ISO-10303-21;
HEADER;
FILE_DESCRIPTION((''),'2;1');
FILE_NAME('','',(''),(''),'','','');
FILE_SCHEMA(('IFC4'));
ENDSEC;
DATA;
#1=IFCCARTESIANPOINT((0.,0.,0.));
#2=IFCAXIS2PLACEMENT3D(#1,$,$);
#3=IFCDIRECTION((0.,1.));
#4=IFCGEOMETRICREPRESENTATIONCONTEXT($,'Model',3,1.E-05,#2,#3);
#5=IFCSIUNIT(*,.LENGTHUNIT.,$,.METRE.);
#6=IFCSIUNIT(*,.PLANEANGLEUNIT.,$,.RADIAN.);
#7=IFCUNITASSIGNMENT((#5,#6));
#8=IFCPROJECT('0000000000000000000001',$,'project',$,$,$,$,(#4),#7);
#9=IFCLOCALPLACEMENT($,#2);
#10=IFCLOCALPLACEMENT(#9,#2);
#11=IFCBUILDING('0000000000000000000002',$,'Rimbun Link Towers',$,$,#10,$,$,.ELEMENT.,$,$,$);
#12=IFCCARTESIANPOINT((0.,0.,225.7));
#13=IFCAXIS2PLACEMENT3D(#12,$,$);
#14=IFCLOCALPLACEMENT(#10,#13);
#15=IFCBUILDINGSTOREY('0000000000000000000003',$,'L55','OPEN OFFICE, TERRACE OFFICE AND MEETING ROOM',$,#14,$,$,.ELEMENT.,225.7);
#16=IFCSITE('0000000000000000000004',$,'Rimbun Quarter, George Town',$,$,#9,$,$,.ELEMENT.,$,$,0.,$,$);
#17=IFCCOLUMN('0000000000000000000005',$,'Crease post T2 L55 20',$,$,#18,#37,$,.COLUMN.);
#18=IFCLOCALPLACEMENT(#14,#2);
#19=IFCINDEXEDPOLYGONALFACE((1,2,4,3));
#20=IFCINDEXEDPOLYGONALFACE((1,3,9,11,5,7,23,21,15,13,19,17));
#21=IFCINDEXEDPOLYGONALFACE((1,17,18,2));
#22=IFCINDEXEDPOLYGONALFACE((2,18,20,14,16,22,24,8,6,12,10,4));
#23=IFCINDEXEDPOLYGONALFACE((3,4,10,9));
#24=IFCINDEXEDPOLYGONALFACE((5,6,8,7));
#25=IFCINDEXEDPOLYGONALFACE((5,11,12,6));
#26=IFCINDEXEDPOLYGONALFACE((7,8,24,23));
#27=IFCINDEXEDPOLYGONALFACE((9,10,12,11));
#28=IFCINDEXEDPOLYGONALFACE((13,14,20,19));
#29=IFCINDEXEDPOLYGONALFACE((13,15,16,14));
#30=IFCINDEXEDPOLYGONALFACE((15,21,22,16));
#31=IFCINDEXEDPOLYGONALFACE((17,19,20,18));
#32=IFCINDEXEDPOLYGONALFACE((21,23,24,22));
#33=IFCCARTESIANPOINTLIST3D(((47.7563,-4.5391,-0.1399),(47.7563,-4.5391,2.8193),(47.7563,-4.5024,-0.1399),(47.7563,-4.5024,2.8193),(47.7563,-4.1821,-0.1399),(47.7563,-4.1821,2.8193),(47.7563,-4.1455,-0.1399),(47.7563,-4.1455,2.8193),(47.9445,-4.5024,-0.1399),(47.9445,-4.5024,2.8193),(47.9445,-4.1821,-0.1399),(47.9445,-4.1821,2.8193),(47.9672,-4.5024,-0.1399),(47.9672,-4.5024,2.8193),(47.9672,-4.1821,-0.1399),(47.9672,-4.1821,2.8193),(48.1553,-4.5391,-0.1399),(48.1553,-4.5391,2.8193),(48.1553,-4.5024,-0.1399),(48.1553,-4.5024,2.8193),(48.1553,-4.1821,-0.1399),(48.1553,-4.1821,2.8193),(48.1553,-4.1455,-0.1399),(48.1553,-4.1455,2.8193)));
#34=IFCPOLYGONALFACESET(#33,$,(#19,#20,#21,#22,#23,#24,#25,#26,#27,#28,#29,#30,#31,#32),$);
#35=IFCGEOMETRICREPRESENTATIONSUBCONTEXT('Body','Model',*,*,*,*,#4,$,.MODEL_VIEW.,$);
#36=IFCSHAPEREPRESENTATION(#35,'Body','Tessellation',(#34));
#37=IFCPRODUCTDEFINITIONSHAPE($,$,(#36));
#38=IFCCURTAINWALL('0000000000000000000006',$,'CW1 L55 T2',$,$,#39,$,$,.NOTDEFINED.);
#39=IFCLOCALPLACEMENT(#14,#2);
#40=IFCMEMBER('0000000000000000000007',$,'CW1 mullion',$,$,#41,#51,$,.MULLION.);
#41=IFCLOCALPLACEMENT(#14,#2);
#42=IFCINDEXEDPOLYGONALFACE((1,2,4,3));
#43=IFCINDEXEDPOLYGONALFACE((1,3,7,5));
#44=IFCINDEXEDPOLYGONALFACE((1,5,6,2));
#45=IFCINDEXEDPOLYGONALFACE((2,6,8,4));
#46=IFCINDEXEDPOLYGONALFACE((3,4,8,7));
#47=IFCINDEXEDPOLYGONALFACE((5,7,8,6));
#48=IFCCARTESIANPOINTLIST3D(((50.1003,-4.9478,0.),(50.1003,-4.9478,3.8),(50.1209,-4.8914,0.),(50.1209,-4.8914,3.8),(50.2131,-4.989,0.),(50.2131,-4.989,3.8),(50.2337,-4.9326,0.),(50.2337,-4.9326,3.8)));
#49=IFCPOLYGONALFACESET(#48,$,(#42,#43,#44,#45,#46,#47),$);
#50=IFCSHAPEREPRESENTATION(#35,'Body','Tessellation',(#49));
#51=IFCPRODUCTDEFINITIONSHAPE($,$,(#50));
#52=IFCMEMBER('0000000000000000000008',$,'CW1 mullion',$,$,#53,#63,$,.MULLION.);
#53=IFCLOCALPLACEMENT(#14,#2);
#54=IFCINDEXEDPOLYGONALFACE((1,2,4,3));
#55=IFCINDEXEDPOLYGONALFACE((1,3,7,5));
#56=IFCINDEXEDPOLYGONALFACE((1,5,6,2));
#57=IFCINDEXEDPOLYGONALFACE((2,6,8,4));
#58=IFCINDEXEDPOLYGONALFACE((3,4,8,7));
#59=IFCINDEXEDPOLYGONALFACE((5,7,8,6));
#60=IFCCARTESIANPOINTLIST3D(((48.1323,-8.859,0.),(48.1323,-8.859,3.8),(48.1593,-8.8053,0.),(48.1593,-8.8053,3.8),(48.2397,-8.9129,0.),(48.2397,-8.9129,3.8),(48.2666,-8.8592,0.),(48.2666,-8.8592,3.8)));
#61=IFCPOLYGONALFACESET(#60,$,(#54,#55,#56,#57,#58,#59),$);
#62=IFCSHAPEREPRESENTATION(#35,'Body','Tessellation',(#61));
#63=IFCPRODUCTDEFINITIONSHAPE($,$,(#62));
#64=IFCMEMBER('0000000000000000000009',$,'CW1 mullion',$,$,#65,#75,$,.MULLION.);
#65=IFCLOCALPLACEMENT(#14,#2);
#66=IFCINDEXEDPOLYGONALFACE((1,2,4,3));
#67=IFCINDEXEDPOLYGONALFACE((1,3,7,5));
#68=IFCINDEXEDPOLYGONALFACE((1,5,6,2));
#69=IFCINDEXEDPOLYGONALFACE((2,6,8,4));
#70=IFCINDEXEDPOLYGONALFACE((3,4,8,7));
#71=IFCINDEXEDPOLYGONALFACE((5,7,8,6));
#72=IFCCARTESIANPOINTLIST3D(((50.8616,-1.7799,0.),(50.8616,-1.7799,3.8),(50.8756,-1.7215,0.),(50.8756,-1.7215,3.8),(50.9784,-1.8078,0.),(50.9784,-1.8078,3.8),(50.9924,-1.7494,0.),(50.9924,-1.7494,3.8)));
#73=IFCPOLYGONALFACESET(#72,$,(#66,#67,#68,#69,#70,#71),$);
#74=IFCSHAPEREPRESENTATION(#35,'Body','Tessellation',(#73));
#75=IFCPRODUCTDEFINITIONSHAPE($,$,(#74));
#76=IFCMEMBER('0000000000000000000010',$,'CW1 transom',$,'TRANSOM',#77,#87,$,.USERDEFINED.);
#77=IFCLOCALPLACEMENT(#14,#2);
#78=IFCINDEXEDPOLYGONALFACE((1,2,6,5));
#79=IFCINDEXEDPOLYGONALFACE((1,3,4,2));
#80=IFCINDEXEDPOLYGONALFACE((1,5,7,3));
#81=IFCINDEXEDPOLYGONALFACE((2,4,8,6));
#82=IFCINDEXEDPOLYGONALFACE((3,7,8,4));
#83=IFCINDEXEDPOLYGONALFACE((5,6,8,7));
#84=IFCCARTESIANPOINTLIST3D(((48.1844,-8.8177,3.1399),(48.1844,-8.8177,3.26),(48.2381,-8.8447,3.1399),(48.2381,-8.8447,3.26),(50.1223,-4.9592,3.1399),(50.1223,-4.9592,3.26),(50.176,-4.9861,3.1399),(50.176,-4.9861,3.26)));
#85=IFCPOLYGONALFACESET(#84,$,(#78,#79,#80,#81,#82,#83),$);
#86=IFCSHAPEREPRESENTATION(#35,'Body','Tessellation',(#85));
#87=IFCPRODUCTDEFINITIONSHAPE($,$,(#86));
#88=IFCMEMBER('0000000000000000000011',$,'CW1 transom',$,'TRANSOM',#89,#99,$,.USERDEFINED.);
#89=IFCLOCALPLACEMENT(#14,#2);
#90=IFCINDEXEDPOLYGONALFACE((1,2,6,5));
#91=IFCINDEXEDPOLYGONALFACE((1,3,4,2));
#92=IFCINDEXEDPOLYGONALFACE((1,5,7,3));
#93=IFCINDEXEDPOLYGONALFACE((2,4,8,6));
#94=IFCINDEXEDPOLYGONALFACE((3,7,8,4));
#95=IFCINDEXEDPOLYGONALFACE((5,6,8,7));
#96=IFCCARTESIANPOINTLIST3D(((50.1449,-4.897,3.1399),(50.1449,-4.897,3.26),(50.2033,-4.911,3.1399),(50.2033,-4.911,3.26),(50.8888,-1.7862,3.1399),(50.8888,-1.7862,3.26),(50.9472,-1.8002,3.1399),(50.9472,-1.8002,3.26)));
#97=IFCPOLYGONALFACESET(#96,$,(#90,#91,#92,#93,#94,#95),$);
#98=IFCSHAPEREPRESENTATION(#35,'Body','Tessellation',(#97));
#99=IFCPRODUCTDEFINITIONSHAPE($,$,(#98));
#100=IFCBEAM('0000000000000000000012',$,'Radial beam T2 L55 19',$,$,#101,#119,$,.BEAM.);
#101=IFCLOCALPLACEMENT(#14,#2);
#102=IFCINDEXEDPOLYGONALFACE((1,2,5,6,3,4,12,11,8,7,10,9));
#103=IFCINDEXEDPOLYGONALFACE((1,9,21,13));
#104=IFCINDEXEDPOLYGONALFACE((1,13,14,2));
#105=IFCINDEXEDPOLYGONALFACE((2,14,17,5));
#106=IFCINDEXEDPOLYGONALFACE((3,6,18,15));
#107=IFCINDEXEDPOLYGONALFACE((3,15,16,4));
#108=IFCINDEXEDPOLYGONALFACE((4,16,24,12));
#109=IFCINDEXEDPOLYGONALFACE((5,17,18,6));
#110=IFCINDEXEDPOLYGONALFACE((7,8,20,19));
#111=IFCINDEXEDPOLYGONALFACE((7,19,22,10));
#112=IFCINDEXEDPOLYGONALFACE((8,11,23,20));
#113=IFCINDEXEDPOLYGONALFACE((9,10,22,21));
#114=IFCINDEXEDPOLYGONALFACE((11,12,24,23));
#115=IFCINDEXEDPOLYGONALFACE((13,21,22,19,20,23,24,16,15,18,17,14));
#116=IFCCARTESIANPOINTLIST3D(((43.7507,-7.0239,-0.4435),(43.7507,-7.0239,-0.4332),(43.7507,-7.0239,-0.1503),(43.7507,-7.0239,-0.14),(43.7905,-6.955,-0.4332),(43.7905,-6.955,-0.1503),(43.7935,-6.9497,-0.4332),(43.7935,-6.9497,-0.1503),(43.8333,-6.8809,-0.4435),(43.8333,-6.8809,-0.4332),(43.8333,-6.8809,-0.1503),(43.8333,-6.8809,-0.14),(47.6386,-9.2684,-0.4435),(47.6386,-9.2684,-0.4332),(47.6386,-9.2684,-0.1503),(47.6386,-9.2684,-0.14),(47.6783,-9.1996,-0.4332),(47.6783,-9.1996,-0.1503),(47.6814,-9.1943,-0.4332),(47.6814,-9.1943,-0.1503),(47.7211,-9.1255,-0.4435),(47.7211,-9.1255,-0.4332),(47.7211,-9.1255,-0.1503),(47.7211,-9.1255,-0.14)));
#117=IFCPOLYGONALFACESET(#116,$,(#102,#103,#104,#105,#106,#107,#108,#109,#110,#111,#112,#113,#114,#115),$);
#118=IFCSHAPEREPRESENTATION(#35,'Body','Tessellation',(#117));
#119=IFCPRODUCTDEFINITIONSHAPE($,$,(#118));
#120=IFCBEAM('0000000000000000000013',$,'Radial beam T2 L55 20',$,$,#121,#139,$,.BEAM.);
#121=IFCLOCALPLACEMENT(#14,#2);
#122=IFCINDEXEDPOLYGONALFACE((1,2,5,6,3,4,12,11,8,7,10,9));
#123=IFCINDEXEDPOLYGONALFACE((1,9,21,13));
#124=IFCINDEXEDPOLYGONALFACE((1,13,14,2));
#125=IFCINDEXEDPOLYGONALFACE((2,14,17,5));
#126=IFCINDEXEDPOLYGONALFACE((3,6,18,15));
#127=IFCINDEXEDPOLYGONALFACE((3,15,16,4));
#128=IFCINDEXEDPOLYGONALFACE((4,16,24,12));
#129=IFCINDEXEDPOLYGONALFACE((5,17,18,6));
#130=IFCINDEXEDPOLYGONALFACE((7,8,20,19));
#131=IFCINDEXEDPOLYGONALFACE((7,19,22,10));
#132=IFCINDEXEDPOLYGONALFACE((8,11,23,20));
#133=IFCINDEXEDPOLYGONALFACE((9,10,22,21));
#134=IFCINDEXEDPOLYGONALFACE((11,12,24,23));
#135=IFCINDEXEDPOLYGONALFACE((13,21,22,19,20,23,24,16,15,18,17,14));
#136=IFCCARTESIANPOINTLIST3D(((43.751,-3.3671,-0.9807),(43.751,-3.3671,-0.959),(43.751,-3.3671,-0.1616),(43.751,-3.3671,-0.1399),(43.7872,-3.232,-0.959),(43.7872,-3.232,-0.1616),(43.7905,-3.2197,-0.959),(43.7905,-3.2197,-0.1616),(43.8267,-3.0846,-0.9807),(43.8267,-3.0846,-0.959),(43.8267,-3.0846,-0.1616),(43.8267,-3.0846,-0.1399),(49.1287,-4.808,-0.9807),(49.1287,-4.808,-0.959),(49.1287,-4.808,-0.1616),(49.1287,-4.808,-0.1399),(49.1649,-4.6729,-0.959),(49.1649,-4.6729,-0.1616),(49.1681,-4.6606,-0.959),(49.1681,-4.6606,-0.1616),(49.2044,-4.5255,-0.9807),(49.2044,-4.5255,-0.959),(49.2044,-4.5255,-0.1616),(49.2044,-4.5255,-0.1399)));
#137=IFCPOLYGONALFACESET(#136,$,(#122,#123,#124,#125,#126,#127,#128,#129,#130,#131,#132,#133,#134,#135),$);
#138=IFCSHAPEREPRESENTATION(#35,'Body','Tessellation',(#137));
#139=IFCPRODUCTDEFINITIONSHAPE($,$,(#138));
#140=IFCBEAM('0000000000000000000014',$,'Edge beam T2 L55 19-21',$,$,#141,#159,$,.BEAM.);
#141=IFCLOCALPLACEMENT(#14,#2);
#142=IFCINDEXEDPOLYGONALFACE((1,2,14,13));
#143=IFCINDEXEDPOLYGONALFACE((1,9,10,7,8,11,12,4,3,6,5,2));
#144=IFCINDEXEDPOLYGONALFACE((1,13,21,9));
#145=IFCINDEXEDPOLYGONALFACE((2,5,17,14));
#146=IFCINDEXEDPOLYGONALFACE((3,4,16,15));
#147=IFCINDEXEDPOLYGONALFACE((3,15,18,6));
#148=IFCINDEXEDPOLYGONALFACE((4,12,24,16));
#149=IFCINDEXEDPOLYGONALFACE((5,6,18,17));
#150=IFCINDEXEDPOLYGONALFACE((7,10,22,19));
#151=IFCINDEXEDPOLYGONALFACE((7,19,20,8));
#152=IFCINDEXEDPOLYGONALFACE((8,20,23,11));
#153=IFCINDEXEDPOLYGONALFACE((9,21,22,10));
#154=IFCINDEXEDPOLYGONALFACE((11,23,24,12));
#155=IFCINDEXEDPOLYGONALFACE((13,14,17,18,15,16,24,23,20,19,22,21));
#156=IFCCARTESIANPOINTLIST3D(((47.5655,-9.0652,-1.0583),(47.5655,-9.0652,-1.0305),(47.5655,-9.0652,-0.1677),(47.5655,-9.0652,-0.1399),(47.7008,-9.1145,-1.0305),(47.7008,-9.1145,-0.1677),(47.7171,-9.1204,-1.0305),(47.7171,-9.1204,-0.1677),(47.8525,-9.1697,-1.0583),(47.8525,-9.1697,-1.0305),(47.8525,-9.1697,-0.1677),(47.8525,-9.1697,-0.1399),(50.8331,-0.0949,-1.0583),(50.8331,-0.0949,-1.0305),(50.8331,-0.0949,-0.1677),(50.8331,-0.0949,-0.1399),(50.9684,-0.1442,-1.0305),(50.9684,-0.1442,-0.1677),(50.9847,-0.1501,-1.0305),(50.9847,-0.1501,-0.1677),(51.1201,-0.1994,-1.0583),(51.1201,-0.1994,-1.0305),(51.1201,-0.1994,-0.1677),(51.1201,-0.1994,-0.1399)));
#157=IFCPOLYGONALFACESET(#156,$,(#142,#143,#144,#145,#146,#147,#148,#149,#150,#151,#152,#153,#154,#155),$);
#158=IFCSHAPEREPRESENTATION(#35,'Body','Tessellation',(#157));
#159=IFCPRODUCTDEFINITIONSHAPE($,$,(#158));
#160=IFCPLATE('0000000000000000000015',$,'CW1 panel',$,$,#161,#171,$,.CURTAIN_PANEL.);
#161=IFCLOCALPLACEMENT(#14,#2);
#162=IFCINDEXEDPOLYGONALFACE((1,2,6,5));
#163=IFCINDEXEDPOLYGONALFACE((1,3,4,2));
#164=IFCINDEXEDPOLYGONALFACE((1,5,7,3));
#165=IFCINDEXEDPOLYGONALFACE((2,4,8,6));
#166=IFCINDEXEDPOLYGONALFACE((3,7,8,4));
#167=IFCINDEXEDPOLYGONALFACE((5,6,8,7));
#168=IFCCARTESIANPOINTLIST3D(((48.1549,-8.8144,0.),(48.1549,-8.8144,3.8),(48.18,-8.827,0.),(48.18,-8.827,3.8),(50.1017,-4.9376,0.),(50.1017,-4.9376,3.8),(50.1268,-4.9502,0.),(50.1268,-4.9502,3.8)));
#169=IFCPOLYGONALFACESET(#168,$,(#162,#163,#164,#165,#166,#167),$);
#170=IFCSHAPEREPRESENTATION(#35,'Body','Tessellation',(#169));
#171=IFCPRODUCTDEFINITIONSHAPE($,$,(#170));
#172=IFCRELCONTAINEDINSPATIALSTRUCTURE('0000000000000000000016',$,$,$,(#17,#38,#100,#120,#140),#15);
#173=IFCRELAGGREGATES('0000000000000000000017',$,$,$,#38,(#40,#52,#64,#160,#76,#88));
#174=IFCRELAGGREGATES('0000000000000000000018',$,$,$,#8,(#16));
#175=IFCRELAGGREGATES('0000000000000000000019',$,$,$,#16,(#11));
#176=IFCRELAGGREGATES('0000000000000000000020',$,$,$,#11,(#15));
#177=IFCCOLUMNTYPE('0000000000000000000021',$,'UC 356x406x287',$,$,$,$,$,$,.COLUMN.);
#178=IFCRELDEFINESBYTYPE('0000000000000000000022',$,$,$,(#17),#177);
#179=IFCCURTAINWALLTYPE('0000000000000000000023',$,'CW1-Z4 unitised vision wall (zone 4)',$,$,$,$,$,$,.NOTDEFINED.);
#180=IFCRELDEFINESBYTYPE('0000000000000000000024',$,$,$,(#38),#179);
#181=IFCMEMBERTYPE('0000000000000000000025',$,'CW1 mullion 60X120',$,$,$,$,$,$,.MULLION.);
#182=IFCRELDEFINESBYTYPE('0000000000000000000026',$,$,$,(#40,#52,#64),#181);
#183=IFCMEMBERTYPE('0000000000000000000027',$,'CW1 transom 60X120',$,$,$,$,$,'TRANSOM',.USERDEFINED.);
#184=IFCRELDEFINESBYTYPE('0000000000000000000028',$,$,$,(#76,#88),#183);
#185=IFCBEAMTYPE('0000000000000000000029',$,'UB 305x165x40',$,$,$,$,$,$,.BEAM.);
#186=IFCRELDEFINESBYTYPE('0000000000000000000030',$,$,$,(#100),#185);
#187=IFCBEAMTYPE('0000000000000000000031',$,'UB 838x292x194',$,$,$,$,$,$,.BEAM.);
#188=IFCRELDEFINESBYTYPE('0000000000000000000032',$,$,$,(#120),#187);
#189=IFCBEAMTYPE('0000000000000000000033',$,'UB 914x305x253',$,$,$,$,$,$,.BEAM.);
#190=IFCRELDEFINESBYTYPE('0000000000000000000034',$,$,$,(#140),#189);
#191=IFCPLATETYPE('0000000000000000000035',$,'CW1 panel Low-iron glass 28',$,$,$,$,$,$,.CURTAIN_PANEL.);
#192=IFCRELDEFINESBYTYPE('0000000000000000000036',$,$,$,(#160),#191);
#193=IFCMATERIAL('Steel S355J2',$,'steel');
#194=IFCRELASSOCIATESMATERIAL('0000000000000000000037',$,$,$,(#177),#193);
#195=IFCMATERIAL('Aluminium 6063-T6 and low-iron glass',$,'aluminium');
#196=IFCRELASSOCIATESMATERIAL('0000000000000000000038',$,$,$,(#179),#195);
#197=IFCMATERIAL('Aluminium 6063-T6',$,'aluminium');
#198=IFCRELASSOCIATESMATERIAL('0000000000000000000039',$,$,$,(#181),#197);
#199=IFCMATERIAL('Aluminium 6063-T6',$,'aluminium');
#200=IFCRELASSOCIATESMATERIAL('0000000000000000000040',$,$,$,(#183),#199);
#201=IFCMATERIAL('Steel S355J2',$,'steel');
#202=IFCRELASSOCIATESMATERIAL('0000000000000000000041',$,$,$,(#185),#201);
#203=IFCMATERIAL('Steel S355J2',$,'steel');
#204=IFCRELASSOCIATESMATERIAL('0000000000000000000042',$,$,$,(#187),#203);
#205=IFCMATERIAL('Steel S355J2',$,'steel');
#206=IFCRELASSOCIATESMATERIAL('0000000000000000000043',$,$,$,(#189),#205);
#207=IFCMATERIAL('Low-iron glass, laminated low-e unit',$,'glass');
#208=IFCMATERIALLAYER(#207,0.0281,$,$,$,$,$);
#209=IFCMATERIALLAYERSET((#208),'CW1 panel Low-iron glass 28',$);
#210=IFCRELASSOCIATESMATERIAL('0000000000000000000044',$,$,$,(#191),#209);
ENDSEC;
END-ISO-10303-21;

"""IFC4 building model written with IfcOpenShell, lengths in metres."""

from ifc_helpers import new_model, si_unit, direction, frame, origin, origin_2d, place, context, subcontext, project, spatial, rectangle, i_section, extrude, material, layer, layer_set, material_profile, profile_set, type_object, element, aggregate, save


model = new_model("IFC4")

# Units and contexts
model_context = context("Model", 3, precision=1e-05, world=origin(), true_north=direction((0.0, 1.0)))
body_context = subcontext(model_context, "Body", "Model", "MODEL_VIEW")
ifc_project = project(units=[si_unit("LENGTHUNIT", "METRE"), si_unit("PLANEANGLEUNIT", "RADIAN")], contexts=[model_context])

# Site, building, storey
site_placement = place(None, origin())
site = spatial("IfcSite", under=ifc_project, at=site_placement, Name="Rimbun Quarter, George Town", CompositionType="ELEMENT", RefElevation=0.0)
building_placement = place(site_placement, origin())
building = spatial("IfcBuilding", under=site, at=building_placement, Name="Rimbun Link Towers", CompositionType="ELEMENT")
storey_placement = place(building_placement, frame((0.0, 0.0, 225.7)))
storey = spatial("IfcBuildingStorey", under=building, at=storey_placement, Name="L55", Description="OPEN OFFICE, TERRACE OFFICE AND MEETING ROOM", CompositionType="ELEMENT", Elevation=225.7)

# Column
ifc_material_1 = material(Name="Steel S355J2", Category="steel")
ifc_material_profile_1 = material_profile(ifc_material_1, i_section(OverallWidth=0.3989, OverallDepth=0.3936, WebThickness=0.0227, FlangeThickness=0.0366, at=origin_2d()), Name="UC 356x406x287")
ifc_profile_set_1 = profile_set([ifc_material_profile_1], Name="Steel S355J2")
column_type = type_object("IfcColumnType", Name="UC 356x406x287", PredefinedType="COLUMN", material=ifc_profile_set_1)
column_placement = place(storey_placement, frame((47.9558, -4.3423, -0.1399), z_axis=(0.0, 0.0, 1.0), x_axis=(1.0, 0.0, 0.0)))
element("IfcColumn", 1, at=column_placement, inside=storey, type_object=column_type, Name="Crease post T2 L55 20", PredefinedType="COLUMN", context=body_context, shape_type="SweptSolid", body=[
    extrude(i_section(OverallWidth=0.3989, OverallDepth=0.3936, WebThickness=0.0227, FlangeThickness=0.0366, at=origin_2d()), origin(), (0.0, 0.0, 1.0), 2.9592),
])

# Curtain wall, members
ifc_material_2 = material(Name="Aluminium 6063-T6 and low-iron glass", Category="aluminium")
curtain_wall_type = type_object("IfcCurtainWallType", Name="CW1-Z4 unitised vision wall (zone 4)", PredefinedType="NOTDEFINED", material=ifc_material_2)
curtain_wall_placement = place(storey_placement, origin())
curtain_wall = element("IfcCurtainWall", 2, at=curtain_wall_placement, inside=storey, type_object=curtain_wall_type, Name="CW1 L55 T2", PredefinedType="NOTDEFINED")
ifc_material_3 = material(Name="Aluminium 6063-T6", Category="aluminium")
ifc_material_profile_2 = material_profile(ifc_material_3, rectangle(XDim=0.1201, YDim=0.0601, at=origin_2d()), Name="MULLION 60X120")
ifc_profile_set_2 = profile_set([ifc_material_profile_2], Name="Aluminium 6063-T6")
member_type_1 = type_object("IfcMemberType", Name="CW1 mullion 60X120", PredefinedType="MULLION", material=ifc_profile_set_2)
member_1_placement = place(storey_placement, frame((50.167, -4.9402, 0.0), z_axis=(0.0, 0.0, 1.0), x_axis=(0.939348, -0.342964, 0.0)))
member_1 = element("IfcMember", 3, at=member_1_placement, type_object=member_type_1, Name="CW1 mullion", PredefinedType="MULLION", context=body_context, shape_type="SweptSolid", body=[
    extrude(rectangle(XDim=0.1201, YDim=0.0601, at=origin_2d()), origin(), (0.0, 0.0, 1.0), 3.8),
])
member_2_placement = place(storey_placement, frame((48.1995, -8.8591, 0.0), z_axis=(0.0, 0.0, 1.0), x_axis=(0.893647, -0.448771, 0.0)))
member_2 = element("IfcMember", 4, at=member_2_placement, type_object=member_type_1, Name="CW1 mullion", PredefinedType="MULLION", context=body_context, shape_type="SweptSolid", body=[
    extrude(rectangle(XDim=0.1201, YDim=0.0601, at=origin_2d()), origin(), (0.0, 0.0, 1.0), 3.8),
])
member_3_placement = place(storey_placement, frame((50.927, -1.7646, 0.0), z_axis=(0.0, 0.0, 1.0), x_axis=(0.972572, -0.232601, 0.0)))
member_3 = element("IfcMember", 5, at=member_3_placement, type_object=member_type_1, Name="CW1 mullion", PredefinedType="MULLION", context=body_context, shape_type="SweptSolid", body=[
    extrude(rectangle(XDim=0.1201, YDim=0.0601, at=origin_2d()), origin(), (0.0, 0.0, 1.0), 3.8),
])
ifc_material_4 = material(Name="Aluminium 6063-T6", Category="aluminium")
ifc_material_profile_3 = material_profile(ifc_material_4, rectangle(XDim=0.0601, YDim=0.1201, at=origin_2d()), Name="TRANSOM 60X120")
ifc_profile_set_3 = profile_set([ifc_material_profile_3], Name="Aluminium 6063-T6")
member_type_2 = type_object("IfcMemberType", Name="CW1 transom 60X120", ElementType="TRANSOM", PredefinedType="USERDEFINED", material=ifc_profile_set_3)
member_4_placement = place(storey_placement, frame((50.1492, -4.9727, 3.2), z_axis=(-0.448819, -0.893623, 0.0), x_axis=(0.893623, -0.448819, 0.0)))
member_4 = element("IfcMember", 6, at=member_4_placement, type_object=member_type_2, Name="CW1 transom", ObjectType="TRANSOM", PredefinedType="USERDEFINED", context=body_context, shape_type="SweptSolid", body=[
    extrude(rectangle(XDim=0.0601, YDim=0.1201, at=origin_2d()), origin(), (0.0, 0.0, 1.0), 4.3179),
])
member_5_placement = place(storey_placement, frame((50.918, -1.7932, 3.2), z_axis=(-0.232573, -0.972579, 0.0), x_axis=(0.972579, -0.232573, 0.0)))
member_5 = element("IfcMember", 7, at=member_5_placement, type_object=member_type_2, Name="CW1 transom", ObjectType="TRANSOM", PredefinedType="USERDEFINED", context=body_context, shape_type="SweptSolid", body=[
    extrude(rectangle(XDim=0.0601, YDim=0.1201, at=origin_2d()), origin(), (0.0, 0.0, 1.0), 3.1985),
])

# Beams
ifc_material_5 = material(Name="Steel S355J2", Category="steel")
ifc_material_profile_4 = material_profile(ifc_material_5, i_section(OverallWidth=0.165, OverallDepth=0.3035, WebThickness=0.0061, FlangeThickness=0.0103, at=origin_2d()), Name="UB 305x165x40")
ifc_profile_set_4 = profile_set([ifc_material_profile_4], Name="Steel S355J2")
beam_type_1 = type_object("IfcBeamType", Name="UB 305x165x40", PredefinedType="BEAM", material=ifc_profile_set_4)
beam_1_placement = place(storey_placement, frame((43.792, -6.9524, -0.2917), z_axis=(0.866033, -0.499988, 0.0), x_axis=(0.499988, 0.866033, 0.0)))
element("IfcBeam", 8, at=beam_1_placement, inside=storey, type_object=beam_type_1, Name="Radial beam T2 L55 19", PredefinedType="BEAM", context=body_context, shape_type="SweptSolid", body=[
    extrude(i_section(OverallWidth=0.165, OverallDepth=0.3035, WebThickness=0.0061, FlangeThickness=0.0103, at=origin_2d()), origin(), (0.0, 0.0, 1.0), 4.4893),
])
ifc_material_6 = material(Name="Steel S355J2", Category="steel")
ifc_material_profile_5 = material_profile(ifc_material_6, i_section(OverallWidth=0.2925, OverallDepth=0.8408, WebThickness=0.0127, FlangeThickness=0.0217, at=origin_2d()), Name="UB 838x292x194")
ifc_profile_set_5 = profile_set([ifc_material_profile_5], Name="Steel S355J2")
beam_type_2 = type_object("IfcBeamType", Name="UB 838x292x194", PredefinedType="BEAM", material=ifc_profile_set_5)
beam_2_placement = place(storey_placement, frame((43.7888, -3.2258, -0.5603), z_axis=(0.965927, -0.258814, 0.0), x_axis=(0.258814, 0.965927, 0.0)))
element("IfcBeam", 9, at=beam_2_placement, inside=storey, type_object=beam_type_2, Name="Radial beam T2 L55 20", PredefinedType="BEAM", context=body_context, shape_type="SweptSolid", body=[
    extrude(i_section(OverallWidth=0.2925, OverallDepth=0.8408, WebThickness=0.0127, FlangeThickness=0.0217, at=origin_2d()), origin(), (0.0, 0.0, 1.0), 5.5674),
])
ifc_material_7 = material(Name="Steel S355J2", Category="steel")
ifc_material_profile_6 = material_profile(ifc_material_7, i_section(OverallWidth=0.3054, OverallDepth=0.9185, WebThickness=0.0173, FlangeThickness=0.0278, at=origin_2d()), Name="UB 914x305x253")
ifc_profile_set_6 = profile_set([ifc_material_profile_6], Name="Steel S355J2")
beam_type_3 = type_object("IfcBeamType", Name="UB 914x305x253", PredefinedType="BEAM", material=ifc_profile_set_6)
beam_3_placement = place(storey_placement, frame((47.709, -9.1174, -0.5991), z_axis=(0.342269, 0.939602, 0.0), x_axis=(-0.939602, 0.342269, 0.0)))
element("IfcBeam", 10, at=beam_3_placement, inside=storey, type_object=beam_type_3, Name="Edge beam T2 L55 19-21", PredefinedType="BEAM", context=body_context, shape_type="SweptSolid", body=[
    extrude(i_section(OverallWidth=0.3054, OverallDepth=0.9185, WebThickness=0.0173, FlangeThickness=0.0278, at=origin_2d()), origin(), (0.0, 0.0, 1.0), 9.5469),
])

# Plate
ifc_material_8 = material(Name="Low-iron glass, laminated low-e unit", Category="glass")
ifc_layer_1 = layer(ifc_material_8, 0.0281)
ifc_layer_set_1 = layer_set([ifc_layer_1], Name="CW1 panel Low-iron glass 28")
plate_type = type_object("IfcPlateType", Name="CW1 panel Low-iron glass 28", PredefinedType="CURTAIN_PANEL", material=ifc_layer_set_1)
plate_1_placement = place(storey_placement, frame((49.1409, -6.8823, 0.0), z_axis=(0.0, 0.0, 1.0), x_axis=(-0.448771, -0.893647, 0.0)))
plate_1 = element("IfcPlate", 11, at=plate_1_placement, type_object=plate_type, Name="CW1 panel", PredefinedType="CURTAIN_PANEL", context=body_context, shape_type="SweptSolid", body=[
    extrude(rectangle(XDim=4.3381, YDim=0.0281, at=origin_2d()), origin(), (0.0, 0.0, 1.0), 3.8),
])
aggregate(curtain_wall, [member_1, member_2, member_3, plate_1, member_4, member_5])

save(model, "model.ifc")
